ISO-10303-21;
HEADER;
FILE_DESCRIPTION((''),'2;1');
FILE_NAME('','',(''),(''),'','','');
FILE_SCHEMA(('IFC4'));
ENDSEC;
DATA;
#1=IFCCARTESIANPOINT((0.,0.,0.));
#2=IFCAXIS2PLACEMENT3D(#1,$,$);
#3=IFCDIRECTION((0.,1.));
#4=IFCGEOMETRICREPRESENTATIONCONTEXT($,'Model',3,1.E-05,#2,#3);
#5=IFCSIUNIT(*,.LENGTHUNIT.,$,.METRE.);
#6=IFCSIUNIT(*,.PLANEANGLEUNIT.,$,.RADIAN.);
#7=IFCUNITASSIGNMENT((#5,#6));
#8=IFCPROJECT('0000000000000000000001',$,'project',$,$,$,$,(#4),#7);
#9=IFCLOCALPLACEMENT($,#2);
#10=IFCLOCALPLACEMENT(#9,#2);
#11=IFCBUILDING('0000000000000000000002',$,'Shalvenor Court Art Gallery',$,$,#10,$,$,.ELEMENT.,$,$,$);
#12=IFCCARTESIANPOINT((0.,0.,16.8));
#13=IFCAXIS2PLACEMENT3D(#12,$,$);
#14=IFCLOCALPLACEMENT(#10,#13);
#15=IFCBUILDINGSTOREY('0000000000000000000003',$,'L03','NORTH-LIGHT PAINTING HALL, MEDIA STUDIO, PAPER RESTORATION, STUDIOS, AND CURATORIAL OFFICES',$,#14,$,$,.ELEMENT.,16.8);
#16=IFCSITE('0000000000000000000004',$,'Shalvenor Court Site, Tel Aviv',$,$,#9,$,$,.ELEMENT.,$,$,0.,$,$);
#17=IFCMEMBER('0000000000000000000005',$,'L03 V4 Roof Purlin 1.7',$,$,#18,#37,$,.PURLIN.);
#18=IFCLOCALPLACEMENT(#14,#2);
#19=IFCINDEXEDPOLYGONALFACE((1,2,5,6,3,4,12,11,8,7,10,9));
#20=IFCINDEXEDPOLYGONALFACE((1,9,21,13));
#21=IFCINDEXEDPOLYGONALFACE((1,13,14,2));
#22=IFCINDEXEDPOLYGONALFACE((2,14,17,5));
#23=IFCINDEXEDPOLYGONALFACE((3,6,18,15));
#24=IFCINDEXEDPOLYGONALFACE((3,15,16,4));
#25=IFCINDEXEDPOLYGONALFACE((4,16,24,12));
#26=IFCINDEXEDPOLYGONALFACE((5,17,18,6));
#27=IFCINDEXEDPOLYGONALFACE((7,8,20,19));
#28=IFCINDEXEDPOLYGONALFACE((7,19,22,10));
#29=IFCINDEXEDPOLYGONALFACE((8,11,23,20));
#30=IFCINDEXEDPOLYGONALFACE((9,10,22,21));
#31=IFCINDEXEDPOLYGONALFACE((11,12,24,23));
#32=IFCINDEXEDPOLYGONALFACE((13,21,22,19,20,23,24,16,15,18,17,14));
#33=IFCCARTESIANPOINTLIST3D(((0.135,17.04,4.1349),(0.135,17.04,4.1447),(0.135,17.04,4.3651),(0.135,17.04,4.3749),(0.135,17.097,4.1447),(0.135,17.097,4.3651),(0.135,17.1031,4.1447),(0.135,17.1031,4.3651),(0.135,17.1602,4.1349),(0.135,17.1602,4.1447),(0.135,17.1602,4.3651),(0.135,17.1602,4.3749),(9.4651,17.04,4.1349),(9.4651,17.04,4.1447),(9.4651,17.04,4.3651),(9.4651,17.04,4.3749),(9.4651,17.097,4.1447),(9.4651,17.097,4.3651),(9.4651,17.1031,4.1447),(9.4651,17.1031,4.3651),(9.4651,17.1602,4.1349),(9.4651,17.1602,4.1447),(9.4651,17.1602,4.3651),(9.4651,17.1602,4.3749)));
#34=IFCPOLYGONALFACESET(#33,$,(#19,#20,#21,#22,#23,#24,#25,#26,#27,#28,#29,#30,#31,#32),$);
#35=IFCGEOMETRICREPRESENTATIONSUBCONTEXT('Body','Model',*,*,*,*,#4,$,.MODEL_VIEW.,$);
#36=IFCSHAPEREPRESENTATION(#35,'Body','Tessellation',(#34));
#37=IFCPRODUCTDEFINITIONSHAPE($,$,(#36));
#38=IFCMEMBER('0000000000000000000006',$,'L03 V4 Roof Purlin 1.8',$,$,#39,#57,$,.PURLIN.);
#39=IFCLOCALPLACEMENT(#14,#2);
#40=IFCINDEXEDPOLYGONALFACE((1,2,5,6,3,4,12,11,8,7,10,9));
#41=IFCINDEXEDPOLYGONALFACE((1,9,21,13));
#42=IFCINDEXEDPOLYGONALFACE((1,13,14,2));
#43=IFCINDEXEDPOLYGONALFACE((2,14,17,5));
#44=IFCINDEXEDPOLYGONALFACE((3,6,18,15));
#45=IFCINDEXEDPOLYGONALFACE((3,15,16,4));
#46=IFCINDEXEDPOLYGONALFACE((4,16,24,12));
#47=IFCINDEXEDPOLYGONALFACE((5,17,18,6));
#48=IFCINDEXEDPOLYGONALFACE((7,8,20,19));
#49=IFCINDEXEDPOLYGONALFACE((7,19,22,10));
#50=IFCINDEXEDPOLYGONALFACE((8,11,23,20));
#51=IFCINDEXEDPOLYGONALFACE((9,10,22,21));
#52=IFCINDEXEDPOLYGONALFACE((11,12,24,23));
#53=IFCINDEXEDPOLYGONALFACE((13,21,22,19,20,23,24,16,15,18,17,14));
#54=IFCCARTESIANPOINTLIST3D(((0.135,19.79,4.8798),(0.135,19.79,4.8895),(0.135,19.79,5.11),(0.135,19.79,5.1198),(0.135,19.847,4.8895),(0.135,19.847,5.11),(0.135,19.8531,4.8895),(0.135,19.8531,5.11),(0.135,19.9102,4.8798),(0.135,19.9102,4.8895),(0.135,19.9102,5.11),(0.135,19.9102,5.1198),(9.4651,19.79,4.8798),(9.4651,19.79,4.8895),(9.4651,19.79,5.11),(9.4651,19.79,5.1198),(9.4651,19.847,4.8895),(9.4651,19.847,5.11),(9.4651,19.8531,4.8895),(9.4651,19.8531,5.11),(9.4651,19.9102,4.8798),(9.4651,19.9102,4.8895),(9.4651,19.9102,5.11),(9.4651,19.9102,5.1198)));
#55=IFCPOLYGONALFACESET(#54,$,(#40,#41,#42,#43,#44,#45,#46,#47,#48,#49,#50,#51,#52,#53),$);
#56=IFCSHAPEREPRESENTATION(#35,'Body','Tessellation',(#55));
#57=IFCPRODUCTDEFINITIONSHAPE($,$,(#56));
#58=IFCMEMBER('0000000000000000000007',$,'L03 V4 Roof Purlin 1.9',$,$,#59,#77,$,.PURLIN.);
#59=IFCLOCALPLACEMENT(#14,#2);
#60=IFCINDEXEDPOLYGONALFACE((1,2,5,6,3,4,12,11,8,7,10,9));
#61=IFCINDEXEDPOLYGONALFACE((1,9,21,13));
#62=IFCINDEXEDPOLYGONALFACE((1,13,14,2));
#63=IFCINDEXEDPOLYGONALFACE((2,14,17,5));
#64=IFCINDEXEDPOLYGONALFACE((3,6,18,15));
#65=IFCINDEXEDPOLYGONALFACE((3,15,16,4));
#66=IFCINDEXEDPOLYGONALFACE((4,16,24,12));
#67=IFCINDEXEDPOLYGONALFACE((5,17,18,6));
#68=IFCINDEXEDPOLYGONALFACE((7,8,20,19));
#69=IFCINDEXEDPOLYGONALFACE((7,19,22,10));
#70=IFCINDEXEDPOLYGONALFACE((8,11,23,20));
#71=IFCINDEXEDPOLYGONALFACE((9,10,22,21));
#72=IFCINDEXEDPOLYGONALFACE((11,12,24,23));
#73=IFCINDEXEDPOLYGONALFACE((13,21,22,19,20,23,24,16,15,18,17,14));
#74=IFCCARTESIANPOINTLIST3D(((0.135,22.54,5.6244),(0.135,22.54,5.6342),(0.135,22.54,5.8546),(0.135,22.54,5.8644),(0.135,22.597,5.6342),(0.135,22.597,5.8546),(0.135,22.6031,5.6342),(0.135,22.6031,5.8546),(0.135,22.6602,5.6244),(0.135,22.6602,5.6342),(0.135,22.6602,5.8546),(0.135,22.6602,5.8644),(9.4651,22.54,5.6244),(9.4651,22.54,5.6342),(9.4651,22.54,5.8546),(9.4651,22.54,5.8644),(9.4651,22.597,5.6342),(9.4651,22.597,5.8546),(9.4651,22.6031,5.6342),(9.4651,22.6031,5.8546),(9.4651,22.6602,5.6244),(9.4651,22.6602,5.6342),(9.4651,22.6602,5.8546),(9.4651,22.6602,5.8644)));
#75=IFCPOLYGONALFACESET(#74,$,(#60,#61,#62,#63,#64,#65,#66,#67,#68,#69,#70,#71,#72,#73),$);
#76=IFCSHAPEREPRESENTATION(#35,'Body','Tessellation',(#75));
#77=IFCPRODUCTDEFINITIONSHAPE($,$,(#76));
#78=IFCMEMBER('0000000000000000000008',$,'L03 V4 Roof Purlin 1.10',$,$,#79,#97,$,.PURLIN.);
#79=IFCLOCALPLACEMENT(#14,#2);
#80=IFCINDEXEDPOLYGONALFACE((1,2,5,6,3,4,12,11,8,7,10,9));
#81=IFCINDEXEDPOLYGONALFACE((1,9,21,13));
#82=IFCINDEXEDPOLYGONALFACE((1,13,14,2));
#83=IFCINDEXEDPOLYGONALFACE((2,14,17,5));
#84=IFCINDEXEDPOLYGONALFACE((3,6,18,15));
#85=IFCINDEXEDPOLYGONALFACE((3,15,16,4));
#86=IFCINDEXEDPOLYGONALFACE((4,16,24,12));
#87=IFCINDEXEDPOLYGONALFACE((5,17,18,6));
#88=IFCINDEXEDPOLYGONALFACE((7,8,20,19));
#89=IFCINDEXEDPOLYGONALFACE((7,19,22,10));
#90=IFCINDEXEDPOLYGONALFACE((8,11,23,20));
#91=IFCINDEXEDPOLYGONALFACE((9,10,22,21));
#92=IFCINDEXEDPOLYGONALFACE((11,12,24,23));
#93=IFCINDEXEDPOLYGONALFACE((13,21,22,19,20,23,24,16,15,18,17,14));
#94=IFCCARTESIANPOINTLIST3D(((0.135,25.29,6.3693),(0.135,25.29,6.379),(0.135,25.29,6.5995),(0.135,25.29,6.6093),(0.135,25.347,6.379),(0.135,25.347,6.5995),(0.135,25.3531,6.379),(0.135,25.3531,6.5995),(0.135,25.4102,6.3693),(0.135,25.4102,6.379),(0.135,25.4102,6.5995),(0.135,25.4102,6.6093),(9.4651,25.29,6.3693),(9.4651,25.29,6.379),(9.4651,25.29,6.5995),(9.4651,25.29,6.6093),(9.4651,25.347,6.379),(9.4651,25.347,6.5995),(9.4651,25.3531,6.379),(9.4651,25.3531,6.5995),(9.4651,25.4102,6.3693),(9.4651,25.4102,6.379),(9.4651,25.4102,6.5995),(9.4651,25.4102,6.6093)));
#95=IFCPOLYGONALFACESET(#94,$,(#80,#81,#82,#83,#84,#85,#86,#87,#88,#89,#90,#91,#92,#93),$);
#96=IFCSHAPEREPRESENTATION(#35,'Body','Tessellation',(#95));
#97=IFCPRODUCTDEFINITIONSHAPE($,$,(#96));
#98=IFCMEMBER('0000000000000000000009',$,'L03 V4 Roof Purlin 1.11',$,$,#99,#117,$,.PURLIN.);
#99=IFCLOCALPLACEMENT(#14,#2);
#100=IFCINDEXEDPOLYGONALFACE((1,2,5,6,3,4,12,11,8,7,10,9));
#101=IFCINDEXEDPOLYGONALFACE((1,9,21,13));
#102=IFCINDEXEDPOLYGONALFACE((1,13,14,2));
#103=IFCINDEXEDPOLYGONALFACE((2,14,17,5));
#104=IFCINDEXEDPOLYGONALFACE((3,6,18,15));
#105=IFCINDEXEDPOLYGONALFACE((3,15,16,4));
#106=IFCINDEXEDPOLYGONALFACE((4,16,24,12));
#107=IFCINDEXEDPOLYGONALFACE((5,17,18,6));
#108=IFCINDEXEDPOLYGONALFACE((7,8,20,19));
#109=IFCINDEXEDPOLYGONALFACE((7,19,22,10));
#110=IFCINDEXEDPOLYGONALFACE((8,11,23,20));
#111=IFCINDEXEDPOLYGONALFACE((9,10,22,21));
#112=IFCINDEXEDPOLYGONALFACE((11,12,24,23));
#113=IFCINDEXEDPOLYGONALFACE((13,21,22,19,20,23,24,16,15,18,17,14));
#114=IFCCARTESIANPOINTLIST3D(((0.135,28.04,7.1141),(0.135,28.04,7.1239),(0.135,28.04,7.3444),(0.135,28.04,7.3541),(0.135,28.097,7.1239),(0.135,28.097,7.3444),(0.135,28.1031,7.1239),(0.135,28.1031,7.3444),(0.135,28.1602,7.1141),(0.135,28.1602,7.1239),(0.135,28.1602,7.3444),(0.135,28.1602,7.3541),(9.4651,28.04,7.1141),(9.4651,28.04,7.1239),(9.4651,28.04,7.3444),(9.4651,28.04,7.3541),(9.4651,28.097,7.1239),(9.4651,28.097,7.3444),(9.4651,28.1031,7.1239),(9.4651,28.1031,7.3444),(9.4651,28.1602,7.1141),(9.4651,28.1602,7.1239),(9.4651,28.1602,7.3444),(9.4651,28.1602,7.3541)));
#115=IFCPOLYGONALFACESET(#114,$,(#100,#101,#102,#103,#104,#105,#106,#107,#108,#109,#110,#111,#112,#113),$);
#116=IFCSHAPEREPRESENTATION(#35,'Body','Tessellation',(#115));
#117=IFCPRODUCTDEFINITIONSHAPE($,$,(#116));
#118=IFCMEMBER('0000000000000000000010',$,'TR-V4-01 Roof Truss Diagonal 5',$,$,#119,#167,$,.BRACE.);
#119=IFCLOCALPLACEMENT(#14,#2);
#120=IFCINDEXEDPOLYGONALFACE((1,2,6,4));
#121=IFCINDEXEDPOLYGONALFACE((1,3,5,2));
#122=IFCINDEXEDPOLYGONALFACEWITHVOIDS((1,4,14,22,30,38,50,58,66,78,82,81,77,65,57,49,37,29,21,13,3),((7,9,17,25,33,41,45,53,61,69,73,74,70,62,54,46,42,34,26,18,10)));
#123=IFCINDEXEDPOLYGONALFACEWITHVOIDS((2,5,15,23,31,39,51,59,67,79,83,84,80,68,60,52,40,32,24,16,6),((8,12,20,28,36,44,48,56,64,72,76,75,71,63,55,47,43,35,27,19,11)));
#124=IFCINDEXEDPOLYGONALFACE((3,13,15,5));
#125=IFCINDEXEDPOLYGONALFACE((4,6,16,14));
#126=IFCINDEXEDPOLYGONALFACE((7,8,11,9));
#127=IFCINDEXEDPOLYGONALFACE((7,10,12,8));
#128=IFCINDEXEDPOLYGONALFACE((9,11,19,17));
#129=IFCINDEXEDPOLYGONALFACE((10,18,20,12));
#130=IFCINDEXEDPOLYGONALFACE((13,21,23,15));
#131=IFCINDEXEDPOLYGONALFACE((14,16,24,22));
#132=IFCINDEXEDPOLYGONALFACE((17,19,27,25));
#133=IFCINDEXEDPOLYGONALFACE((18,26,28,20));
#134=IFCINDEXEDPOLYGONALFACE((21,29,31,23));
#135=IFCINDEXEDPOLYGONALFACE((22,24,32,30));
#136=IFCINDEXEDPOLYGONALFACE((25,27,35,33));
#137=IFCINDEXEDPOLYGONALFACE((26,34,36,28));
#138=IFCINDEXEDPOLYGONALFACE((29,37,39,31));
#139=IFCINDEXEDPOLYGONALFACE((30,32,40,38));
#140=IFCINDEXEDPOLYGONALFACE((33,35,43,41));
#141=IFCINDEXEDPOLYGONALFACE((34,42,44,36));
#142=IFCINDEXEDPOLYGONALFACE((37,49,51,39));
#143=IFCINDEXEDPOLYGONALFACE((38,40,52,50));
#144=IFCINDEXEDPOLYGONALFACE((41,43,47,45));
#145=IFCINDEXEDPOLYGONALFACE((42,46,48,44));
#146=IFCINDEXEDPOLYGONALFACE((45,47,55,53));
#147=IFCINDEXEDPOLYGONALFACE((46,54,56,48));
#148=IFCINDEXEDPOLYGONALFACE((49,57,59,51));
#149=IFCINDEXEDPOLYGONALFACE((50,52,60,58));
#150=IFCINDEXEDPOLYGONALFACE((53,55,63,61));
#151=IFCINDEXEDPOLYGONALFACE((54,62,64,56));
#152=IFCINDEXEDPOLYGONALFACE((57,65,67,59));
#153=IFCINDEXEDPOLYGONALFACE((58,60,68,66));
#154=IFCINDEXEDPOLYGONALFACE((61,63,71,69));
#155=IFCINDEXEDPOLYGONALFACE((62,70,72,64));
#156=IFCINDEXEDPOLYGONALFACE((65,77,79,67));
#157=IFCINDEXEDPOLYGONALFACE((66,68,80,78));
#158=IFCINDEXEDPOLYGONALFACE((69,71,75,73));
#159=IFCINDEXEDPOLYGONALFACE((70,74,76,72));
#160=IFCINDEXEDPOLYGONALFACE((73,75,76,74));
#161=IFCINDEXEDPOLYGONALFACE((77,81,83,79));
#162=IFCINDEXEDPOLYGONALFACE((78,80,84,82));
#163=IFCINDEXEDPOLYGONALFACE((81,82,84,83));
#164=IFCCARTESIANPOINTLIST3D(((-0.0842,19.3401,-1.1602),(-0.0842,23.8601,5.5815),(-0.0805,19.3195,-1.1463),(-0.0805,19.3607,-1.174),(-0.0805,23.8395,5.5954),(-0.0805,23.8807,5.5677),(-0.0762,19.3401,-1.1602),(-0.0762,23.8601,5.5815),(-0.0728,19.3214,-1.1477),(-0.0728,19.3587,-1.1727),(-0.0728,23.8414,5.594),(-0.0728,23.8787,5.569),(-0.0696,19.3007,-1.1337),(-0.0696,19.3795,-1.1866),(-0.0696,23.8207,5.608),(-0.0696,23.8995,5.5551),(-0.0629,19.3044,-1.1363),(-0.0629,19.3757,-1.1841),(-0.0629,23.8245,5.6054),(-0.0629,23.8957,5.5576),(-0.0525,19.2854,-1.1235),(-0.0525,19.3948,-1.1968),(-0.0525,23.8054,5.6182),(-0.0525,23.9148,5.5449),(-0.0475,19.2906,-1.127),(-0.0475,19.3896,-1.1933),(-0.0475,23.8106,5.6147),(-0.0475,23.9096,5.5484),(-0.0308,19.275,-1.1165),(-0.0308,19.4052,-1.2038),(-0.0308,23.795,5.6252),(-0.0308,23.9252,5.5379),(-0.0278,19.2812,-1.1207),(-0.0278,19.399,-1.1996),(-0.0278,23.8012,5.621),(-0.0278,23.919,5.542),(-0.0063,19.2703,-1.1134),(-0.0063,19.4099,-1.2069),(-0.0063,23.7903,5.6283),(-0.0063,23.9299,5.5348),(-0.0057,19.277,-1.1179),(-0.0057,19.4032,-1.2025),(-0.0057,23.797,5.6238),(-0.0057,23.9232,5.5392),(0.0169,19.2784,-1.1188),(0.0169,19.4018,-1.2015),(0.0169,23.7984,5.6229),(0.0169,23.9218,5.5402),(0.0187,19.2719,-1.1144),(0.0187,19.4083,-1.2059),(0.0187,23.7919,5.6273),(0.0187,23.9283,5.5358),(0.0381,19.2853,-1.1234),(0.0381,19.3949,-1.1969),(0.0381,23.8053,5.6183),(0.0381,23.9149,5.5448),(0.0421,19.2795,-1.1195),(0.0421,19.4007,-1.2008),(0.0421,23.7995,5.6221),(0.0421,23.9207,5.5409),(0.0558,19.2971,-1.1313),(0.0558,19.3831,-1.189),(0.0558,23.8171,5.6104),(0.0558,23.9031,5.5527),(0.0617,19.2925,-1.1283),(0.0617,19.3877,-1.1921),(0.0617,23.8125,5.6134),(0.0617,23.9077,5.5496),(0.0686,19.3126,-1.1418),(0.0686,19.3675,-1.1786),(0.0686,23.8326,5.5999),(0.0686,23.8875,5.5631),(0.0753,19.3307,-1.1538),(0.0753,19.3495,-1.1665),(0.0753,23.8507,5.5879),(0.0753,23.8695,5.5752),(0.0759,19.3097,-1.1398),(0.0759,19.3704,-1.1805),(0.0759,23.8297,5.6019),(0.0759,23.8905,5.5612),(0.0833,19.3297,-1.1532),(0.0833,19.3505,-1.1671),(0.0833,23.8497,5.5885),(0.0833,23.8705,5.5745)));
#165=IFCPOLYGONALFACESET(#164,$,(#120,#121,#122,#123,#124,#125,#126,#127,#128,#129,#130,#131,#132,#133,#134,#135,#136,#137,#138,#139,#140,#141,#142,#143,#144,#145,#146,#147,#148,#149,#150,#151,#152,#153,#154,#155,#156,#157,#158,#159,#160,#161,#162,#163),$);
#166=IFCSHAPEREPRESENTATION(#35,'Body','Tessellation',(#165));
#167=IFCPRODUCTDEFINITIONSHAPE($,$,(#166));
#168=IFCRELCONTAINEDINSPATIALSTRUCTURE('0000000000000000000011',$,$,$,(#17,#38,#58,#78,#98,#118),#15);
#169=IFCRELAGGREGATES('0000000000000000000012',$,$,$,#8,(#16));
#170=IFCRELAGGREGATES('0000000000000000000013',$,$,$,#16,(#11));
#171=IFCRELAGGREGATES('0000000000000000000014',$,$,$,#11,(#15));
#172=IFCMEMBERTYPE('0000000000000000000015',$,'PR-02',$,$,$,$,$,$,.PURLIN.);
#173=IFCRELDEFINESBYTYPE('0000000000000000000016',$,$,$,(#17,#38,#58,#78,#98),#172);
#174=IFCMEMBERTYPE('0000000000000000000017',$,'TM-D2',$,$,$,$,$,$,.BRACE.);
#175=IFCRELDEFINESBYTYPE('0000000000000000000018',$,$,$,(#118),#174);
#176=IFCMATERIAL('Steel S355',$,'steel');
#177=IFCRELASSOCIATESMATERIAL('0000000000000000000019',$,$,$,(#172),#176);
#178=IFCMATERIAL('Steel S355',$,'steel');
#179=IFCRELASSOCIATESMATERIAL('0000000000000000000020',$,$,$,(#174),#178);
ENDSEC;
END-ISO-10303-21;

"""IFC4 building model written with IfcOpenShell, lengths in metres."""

from ifc_helpers import new_model, si_unit, direction, frame, origin, origin_2d, place, context, subcontext, project, spatial, hollow_circle, i_section, extrude, material, material_profile, profile_set, type_object, element, save


model = new_model("IFC4")

# Units and contexts
model_context = context("Model", 3, precision=1e-05, world=origin(), true_north=direction((0.0, 1.0)))
body_context = subcontext(model_context, "Body", "Model", "MODEL_VIEW")
ifc_project = project(units=[si_unit("LENGTHUNIT", "METRE"), si_unit("PLANEANGLEUNIT", "RADIAN")], contexts=[model_context])

# Site, building, storey
site_placement = place(None, origin())
site = spatial("IfcSite", under=ifc_project, at=site_placement, Name="Shalvenor Court Site, Tel Aviv", CompositionType="ELEMENT", RefElevation=0.0)
building_placement = place(site_placement, origin())
building = spatial("IfcBuilding", under=site, at=building_placement, Name="Shalvenor Court Art Gallery", CompositionType="ELEMENT")
storey_placement = place(building_placement, frame((0.0, 0.0, 16.8)))
storey = spatial("IfcBuildingStorey", under=building, at=storey_placement, Name="L03", Description="NORTH-LIGHT PAINTING HALL, MEDIA STUDIO, PAPER RESTORATION, STUDIOS, AND CURATORIAL OFFICES", CompositionType="ELEMENT", Elevation=16.8)

# Members
ifc_material_1 = material(Name="Steel S355", Category="steel")
ifc_material_profile_1 = material_profile(ifc_material_1, i_section(OverallWidth=0.1201, OverallDepth=0.24, WebThickness=0.0061, FlangeThickness=0.0098, at=origin_2d()), Name="IPE 240")
ifc_profile_set_1 = profile_set([ifc_material_profile_1], Name="Steel S355")
member_type_1 = type_object("IfcMemberType", Name="PR-02", PredefinedType="PURLIN", material=ifc_profile_set_1)
for number, where, z_axis, x_axis, name in (
    (1, (0.135, 17.1001, 4.2549), (1.0, 0.0, 0.0), (0.0, 1.0, 0.0), "L03 V4 Roof Purlin 1.7"),
    (2, (0.135, 19.8501, 4.9998), (1.0, 0.0, 0.0), (0.0, 1.0, 0.0), "L03 V4 Roof Purlin 1.8"),
    (3, (0.135, 22.6001, 5.7444), (1.0, 0.0, 0.0), (0.0, 1.0, 0.0), "L03 V4 Roof Purlin 1.9"),
    (4, (0.135, 25.3501, 6.4893), (1.0, 0.0, 0.0), (0.0, 1.0, 0.0), "L03 V4 Roof Purlin 1.10"),
    (5, (0.135, 28.1001, 7.2341), (1.0, 0.0, 0.0), (0.0, 1.0, 0.0), "L03 V4 Roof Purlin 1.11"),
):
    element("IfcMember", number, at=place(storey_placement, frame(where, z_axis=z_axis, x_axis=x_axis)), inside=storey, type_object=member_type_1, Name=name, PredefinedType="PURLIN", context=body_context, shape_type="SweptSolid", body=[
        extrude(i_section(OverallWidth=0.1201, OverallDepth=0.24, WebThickness=0.0061, FlangeThickness=0.0098, at=origin_2d()), origin(), (0.0, 0.0, 1.0), 9.3301),
    ])
ifc_material_2 = material(Name="Steel S355", Category="steel")
ifc_material_profile_2 = material_profile(ifc_material_2, hollow_circle(Radius=0.0842, WallThickness=0.0081, at=origin_2d()), Name="CHS 168.3x8.0")
ifc_profile_set_2 = profile_set([ifc_material_profile_2], Name="Steel S355")
member_type_2 = type_object("IfcMemberType", Name="TM-D2", PredefinedType="BRACE", material=ifc_profile_set_2)
member_1_placement = place(storey_placement, frame((0.0, 19.3401, -1.1602), z_axis=(0.0, 0.556878, 0.830594), x_axis=(-1.0, 0.0, 0.0)))
element("IfcMember", 6, at=member_1_placement, inside=storey, type_object=member_type_2, Name="TR-V4-01 Roof Truss Diagonal 5", PredefinedType="BRACE", context=body_context, shape_type="SweptSolid", body=[
    extrude(hollow_circle(Radius=0.0842, WallThickness=0.0081, at=origin_2d()), origin(), (0.0, 0.0, 1.0), 8.1167),
])

save(model, "model.ifc")
